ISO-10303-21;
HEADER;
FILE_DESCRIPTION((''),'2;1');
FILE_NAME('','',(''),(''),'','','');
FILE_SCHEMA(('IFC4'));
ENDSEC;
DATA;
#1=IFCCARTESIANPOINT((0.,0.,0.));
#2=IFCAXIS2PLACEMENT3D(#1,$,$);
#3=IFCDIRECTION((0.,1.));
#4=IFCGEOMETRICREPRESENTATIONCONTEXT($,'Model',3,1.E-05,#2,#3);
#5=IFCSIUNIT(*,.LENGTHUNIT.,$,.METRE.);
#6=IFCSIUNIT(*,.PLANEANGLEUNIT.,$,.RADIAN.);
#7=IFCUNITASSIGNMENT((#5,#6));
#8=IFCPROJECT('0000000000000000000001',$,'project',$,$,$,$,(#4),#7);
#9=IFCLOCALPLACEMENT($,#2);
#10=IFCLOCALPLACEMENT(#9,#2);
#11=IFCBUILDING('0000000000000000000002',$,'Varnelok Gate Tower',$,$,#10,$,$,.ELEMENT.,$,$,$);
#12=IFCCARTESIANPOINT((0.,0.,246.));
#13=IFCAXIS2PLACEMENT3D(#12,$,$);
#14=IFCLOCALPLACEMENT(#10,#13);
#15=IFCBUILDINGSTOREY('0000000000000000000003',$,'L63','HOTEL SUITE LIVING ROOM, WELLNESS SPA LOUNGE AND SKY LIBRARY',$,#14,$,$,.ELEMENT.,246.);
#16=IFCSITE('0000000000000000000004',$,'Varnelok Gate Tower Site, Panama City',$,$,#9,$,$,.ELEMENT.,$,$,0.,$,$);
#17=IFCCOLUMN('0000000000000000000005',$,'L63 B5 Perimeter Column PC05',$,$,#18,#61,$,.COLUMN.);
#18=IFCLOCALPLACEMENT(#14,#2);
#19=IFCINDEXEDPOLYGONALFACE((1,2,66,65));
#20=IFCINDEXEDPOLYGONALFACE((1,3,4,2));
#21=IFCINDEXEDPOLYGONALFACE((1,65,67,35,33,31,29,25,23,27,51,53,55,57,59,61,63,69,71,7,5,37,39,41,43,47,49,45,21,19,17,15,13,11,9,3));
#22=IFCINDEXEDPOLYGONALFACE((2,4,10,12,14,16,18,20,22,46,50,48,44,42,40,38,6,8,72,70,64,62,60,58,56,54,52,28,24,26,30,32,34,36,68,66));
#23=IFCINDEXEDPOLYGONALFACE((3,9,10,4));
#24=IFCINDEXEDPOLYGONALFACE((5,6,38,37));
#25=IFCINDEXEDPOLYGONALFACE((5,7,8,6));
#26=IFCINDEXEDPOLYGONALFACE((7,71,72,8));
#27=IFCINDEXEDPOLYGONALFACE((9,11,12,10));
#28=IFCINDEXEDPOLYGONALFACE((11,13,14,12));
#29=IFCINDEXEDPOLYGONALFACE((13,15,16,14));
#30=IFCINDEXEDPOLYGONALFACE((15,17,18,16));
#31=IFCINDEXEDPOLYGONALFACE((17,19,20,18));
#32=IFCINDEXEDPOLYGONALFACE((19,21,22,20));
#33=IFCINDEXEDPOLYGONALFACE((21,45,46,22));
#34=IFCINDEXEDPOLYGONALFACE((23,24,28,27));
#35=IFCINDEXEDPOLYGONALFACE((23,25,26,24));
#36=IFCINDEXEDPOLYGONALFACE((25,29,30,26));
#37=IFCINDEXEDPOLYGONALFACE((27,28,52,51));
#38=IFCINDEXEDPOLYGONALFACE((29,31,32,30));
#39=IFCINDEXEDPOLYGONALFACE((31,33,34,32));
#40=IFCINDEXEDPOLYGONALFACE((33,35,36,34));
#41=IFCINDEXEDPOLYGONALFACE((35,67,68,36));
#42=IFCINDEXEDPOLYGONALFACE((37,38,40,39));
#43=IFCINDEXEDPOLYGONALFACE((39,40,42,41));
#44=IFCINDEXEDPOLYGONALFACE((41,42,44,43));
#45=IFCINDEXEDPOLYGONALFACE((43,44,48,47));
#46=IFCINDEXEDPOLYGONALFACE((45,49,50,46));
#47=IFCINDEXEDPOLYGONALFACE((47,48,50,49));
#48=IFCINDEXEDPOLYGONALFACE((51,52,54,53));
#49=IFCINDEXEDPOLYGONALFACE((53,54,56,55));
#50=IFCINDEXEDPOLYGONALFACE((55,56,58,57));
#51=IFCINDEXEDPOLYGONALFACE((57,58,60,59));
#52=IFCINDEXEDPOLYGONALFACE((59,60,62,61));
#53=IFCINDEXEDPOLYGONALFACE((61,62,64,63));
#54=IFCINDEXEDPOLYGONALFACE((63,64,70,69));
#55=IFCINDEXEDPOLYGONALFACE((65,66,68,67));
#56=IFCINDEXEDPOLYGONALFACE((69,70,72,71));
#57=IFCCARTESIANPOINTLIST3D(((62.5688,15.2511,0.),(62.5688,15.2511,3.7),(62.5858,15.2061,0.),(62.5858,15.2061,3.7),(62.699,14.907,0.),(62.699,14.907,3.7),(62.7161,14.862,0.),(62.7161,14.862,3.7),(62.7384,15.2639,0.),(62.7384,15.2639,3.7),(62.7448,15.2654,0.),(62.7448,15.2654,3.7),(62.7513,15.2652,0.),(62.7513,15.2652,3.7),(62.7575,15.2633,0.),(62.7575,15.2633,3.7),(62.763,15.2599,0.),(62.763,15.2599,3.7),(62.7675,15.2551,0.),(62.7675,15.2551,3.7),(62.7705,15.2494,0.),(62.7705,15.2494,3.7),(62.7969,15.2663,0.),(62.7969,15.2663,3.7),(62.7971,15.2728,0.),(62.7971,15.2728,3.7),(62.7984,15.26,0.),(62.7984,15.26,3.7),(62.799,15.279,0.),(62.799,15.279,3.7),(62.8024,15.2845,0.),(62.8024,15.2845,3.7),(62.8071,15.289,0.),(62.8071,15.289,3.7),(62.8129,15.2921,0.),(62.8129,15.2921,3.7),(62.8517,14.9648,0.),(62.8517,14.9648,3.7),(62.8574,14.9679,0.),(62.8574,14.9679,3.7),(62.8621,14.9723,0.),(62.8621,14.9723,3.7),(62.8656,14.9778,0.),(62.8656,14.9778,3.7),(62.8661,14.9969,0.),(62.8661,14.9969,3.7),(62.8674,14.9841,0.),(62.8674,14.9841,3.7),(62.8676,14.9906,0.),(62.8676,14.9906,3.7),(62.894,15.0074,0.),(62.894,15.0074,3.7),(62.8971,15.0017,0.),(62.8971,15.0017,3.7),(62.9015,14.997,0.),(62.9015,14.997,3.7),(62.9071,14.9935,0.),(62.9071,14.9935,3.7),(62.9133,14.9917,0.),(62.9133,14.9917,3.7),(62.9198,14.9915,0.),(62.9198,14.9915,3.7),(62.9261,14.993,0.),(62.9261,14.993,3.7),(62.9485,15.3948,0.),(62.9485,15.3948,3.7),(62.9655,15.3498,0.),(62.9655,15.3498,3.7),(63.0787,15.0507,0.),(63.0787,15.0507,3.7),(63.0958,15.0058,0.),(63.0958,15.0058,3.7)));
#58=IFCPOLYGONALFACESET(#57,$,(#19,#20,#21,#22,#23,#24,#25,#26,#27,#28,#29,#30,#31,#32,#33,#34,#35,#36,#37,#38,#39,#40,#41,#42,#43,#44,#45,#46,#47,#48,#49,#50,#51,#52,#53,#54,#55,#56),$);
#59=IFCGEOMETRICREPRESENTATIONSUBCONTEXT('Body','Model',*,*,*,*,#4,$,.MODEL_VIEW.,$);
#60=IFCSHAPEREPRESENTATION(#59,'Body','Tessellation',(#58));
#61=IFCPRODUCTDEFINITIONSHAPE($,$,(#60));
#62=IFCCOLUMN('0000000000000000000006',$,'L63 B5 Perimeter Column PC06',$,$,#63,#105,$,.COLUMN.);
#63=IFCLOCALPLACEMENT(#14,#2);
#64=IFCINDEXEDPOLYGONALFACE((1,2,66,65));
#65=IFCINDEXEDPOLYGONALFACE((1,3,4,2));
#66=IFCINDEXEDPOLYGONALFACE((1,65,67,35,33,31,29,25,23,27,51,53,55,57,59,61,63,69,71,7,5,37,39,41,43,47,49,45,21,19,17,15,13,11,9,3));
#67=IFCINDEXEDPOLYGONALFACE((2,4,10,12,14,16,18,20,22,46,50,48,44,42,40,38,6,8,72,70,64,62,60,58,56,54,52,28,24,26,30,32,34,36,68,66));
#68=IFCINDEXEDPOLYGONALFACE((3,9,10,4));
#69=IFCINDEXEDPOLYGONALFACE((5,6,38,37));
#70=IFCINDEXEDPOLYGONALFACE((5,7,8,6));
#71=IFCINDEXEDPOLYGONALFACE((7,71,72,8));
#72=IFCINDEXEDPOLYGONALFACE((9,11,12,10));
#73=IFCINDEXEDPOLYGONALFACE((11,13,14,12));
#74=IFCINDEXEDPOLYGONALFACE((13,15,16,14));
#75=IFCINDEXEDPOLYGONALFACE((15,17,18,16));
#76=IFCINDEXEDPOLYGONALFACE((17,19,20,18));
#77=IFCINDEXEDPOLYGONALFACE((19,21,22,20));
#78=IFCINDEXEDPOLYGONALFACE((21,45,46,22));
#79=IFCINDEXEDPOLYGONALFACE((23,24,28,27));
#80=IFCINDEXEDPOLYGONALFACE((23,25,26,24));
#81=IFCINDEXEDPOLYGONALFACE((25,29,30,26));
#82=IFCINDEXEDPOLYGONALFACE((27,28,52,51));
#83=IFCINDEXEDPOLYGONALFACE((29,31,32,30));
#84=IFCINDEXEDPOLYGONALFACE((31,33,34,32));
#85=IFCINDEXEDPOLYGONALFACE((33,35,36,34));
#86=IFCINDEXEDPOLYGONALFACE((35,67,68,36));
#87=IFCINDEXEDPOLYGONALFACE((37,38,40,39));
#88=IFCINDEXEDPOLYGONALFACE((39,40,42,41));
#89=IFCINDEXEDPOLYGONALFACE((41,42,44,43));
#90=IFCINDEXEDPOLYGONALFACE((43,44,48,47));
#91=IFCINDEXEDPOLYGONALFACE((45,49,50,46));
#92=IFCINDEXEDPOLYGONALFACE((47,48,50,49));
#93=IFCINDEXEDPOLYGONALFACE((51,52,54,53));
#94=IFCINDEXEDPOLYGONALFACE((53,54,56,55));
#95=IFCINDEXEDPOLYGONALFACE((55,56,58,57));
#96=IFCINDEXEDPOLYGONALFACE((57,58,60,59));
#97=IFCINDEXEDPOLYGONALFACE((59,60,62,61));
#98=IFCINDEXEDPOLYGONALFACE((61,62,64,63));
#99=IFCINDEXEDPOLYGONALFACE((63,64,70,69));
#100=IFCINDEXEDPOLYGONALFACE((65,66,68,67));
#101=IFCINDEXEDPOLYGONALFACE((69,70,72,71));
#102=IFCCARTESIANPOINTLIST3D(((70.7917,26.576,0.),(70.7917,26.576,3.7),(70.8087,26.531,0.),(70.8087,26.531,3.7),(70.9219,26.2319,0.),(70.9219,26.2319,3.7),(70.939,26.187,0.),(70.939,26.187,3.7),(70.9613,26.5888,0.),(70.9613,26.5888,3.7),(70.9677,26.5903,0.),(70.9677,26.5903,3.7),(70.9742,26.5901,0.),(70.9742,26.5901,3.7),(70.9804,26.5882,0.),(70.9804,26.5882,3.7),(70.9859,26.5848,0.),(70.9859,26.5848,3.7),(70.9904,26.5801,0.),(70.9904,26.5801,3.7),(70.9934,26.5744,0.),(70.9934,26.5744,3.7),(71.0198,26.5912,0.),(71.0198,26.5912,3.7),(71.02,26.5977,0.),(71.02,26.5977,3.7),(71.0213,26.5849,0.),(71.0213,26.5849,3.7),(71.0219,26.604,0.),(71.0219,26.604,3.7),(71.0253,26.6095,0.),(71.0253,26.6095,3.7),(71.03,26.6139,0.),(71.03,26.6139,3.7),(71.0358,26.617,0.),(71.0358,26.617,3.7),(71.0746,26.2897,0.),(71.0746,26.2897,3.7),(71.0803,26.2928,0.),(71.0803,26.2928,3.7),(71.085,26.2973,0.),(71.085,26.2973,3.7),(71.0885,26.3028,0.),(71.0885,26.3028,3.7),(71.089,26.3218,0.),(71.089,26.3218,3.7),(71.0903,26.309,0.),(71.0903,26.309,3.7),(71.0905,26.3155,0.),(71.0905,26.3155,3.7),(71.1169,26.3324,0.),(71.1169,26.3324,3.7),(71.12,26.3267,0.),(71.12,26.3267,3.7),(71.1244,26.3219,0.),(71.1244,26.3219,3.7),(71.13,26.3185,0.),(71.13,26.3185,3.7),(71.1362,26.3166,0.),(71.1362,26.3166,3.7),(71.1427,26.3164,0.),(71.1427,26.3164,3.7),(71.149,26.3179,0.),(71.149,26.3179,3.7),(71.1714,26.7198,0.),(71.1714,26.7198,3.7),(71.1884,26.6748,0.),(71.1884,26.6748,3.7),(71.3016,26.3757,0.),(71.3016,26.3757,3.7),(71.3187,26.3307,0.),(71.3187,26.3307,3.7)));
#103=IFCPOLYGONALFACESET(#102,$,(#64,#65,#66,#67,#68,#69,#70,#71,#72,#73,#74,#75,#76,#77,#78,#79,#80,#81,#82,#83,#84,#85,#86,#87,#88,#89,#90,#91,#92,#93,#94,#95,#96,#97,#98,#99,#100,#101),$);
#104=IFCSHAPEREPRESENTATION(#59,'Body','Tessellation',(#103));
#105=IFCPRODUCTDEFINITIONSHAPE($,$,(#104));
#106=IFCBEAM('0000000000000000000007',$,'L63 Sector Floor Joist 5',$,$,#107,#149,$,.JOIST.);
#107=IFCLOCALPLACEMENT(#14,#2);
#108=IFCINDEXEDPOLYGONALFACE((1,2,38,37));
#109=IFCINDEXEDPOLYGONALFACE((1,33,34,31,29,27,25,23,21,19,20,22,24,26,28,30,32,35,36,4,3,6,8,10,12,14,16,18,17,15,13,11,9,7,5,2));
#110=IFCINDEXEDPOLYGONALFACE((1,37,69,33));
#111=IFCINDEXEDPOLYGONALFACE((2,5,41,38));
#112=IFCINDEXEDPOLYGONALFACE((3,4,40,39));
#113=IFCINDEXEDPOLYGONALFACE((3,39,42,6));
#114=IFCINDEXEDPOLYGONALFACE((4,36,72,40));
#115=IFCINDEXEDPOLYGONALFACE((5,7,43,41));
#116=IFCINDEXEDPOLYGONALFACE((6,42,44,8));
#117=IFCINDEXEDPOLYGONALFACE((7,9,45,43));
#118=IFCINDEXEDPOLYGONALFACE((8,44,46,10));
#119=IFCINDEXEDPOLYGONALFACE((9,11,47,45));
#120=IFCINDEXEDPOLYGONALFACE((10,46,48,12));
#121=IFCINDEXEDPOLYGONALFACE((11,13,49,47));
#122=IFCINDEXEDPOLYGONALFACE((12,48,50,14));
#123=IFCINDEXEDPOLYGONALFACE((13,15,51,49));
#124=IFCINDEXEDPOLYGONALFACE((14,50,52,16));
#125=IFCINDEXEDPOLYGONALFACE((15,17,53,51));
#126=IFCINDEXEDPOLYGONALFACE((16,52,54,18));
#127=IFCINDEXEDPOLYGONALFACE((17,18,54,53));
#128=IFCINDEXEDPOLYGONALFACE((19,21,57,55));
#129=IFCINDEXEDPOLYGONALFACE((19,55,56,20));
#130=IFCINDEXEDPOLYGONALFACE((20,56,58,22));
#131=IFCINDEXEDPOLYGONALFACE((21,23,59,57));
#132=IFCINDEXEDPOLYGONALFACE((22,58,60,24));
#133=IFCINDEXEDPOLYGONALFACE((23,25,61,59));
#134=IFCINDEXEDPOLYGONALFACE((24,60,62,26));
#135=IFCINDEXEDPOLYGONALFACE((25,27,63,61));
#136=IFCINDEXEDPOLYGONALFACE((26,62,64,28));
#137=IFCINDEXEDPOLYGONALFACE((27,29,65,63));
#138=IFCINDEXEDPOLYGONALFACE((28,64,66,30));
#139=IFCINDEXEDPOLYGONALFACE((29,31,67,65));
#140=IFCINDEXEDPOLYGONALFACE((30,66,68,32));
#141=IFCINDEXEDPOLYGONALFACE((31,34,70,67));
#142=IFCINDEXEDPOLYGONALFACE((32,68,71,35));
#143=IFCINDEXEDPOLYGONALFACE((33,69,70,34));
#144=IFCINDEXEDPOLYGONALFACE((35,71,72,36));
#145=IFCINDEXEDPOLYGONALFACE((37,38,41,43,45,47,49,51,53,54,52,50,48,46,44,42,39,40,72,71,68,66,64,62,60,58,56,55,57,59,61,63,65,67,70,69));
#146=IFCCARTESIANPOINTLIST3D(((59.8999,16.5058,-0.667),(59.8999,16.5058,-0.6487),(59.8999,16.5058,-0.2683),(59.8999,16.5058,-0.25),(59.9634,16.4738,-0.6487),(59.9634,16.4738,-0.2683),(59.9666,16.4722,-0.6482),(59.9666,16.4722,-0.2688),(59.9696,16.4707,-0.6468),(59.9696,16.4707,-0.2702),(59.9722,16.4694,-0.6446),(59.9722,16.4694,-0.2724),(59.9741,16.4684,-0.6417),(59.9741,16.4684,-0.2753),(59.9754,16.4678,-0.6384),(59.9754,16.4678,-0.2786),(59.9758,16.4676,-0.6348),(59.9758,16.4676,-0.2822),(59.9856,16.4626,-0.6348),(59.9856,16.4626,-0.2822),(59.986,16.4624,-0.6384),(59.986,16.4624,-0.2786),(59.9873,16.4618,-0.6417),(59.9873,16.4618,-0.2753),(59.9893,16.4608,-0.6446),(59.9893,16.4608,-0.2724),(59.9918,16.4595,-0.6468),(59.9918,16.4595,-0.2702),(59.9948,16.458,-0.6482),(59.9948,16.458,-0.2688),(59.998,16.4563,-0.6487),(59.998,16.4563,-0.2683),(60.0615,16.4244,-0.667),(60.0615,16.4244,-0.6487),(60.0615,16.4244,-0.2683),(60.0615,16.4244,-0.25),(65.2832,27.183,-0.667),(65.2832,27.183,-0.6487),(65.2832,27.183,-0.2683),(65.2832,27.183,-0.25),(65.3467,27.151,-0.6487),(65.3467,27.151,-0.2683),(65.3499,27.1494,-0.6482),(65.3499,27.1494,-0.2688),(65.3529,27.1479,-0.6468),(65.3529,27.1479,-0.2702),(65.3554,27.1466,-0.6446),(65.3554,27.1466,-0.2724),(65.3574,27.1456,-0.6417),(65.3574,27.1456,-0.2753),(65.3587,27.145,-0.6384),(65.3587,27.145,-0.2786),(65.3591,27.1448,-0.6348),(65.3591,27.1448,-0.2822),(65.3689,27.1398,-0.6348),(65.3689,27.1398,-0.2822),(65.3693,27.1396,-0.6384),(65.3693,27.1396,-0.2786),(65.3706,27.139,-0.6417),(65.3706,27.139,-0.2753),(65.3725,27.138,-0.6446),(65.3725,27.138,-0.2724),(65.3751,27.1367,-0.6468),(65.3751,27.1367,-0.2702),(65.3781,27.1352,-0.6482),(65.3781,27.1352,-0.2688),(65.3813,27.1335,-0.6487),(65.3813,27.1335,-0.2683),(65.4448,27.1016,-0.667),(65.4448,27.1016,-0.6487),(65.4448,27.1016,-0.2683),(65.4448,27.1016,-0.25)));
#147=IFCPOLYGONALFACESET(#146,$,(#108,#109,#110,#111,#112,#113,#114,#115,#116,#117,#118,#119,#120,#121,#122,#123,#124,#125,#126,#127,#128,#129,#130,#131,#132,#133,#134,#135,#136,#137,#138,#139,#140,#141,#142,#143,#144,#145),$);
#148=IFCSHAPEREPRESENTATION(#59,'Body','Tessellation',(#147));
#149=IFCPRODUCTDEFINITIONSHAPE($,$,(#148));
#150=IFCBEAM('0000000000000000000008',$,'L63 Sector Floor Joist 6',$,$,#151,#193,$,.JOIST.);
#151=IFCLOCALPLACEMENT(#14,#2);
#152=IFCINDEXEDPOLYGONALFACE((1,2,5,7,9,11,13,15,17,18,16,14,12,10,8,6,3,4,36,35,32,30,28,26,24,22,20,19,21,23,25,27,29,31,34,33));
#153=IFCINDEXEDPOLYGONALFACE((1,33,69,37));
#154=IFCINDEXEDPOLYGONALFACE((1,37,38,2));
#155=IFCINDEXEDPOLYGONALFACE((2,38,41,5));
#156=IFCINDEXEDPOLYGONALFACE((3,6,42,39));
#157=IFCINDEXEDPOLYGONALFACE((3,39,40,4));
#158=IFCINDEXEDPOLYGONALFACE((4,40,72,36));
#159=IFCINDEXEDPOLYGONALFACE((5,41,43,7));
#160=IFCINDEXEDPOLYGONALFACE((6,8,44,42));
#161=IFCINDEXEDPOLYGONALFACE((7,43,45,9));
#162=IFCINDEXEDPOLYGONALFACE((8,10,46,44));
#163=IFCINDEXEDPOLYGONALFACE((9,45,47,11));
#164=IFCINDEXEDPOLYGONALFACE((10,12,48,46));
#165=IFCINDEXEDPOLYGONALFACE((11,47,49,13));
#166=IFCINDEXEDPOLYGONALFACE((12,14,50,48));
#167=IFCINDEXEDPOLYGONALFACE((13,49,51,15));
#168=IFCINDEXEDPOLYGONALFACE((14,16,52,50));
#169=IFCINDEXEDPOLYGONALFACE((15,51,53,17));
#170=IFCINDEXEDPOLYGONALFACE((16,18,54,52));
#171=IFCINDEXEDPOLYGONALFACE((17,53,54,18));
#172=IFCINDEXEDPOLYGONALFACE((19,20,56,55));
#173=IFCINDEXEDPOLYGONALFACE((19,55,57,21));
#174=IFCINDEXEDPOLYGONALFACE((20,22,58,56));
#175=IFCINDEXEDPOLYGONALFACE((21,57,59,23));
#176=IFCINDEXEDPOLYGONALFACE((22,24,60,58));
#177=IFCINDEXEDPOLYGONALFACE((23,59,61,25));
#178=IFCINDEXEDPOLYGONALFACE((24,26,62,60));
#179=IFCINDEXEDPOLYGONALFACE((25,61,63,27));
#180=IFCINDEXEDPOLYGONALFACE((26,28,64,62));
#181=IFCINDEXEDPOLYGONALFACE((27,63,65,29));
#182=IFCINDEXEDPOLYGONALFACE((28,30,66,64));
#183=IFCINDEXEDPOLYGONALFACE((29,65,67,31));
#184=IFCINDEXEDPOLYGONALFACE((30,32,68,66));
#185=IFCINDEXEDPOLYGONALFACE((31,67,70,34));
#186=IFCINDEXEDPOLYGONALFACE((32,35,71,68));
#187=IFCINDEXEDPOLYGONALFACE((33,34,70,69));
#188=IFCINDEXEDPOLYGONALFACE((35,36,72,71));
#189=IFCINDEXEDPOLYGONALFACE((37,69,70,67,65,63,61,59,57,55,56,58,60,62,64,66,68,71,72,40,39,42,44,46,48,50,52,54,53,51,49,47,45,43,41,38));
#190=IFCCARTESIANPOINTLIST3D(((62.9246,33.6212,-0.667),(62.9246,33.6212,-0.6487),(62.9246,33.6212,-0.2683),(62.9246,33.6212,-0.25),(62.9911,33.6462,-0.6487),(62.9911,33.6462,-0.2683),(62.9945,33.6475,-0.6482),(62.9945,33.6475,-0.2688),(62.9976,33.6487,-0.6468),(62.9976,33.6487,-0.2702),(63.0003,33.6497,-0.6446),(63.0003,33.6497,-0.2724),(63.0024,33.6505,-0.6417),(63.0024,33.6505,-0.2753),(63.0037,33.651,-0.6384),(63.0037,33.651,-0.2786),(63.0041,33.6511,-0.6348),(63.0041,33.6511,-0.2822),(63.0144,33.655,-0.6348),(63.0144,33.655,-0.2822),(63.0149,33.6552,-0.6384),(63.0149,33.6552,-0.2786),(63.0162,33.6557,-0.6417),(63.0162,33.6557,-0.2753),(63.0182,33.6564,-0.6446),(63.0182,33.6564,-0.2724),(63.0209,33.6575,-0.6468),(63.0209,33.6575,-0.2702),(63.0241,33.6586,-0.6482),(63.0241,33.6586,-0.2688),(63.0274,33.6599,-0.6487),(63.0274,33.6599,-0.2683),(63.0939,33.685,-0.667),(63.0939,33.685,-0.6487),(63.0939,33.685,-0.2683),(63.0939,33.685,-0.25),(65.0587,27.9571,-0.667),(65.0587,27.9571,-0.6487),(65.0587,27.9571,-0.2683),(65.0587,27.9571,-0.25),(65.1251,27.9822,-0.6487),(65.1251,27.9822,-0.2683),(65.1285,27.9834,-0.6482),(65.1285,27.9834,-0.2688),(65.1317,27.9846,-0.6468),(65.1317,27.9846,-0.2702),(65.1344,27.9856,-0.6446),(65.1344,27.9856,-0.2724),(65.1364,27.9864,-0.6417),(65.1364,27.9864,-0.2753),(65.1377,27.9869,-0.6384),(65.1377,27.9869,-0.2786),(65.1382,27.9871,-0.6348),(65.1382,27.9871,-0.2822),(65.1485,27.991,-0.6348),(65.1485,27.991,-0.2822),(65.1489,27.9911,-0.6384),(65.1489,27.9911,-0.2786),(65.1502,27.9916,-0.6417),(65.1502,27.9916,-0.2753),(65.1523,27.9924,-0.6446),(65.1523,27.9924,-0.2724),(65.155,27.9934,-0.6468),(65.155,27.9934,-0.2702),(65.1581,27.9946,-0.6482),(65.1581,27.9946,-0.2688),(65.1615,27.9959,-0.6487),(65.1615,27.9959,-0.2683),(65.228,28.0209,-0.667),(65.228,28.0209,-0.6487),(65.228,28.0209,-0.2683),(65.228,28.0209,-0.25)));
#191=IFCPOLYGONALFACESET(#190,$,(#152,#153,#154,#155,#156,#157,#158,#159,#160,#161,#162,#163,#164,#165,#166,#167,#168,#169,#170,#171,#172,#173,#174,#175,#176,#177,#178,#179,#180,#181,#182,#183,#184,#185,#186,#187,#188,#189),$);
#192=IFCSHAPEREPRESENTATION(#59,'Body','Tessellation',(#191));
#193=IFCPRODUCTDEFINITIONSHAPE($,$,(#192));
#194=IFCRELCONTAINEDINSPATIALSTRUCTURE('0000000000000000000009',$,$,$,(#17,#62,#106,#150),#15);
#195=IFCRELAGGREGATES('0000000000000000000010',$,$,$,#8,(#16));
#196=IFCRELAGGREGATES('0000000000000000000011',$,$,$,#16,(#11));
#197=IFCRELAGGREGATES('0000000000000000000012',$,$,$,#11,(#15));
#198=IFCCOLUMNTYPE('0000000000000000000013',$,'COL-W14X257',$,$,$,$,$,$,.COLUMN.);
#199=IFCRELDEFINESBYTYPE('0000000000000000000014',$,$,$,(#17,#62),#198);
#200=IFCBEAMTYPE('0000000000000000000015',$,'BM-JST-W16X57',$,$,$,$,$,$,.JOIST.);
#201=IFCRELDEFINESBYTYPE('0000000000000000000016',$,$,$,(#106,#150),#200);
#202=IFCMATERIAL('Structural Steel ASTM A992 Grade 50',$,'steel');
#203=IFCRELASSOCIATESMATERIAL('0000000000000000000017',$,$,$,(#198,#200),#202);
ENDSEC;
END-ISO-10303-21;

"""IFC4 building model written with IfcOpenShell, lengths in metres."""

from ifc_helpers import new_model, si_unit, direction, frame, origin, origin_2d, place, context, subcontext, project, spatial, i_section, extrude, material, material_profile, profile_set, type_object, element, save


model = new_model("IFC4")

# Units and contexts
model_context = context("Model", 3, precision=1e-05, world=origin(), true_north=direction((0.0, 1.0)))
body_context = subcontext(model_context, "Body", "Model", "MODEL_VIEW")
ifc_project = project(units=[si_unit("LENGTHUNIT", "METRE"), si_unit("PLANEANGLEUNIT", "RADIAN")], contexts=[model_context])

# Site, building, storey
site_placement = place(None, origin())
site = spatial("IfcSite", under=ifc_project, at=site_placement, Name="Varnelok Gate Tower Site, Panama City", CompositionType="ELEMENT", RefElevation=0.0)
building_placement = place(site_placement, origin())
building = spatial("IfcBuilding", under=site, at=building_placement, Name="Varnelok Gate Tower", CompositionType="ELEMENT")
storey_placement = place(building_placement, frame((0.0, 0.0, 246.0)))
storey = spatial("IfcBuildingStorey", under=building, at=storey_placement, Name="L63", Description="HOTEL SUITE LIVING ROOM, WELLNESS SPA LOUNGE AND SKY LIBRARY", CompositionType="ELEMENT", Elevation=246.0)

# Columns
ifc_material_1 = material(Name="Structural Steel ASTM A992 Grade 50", Category="steel")
ifc_material_profile_1 = material_profile(ifc_material_1, i_section(OverallWidth=0.406, OverallDepth=0.416, WebThickness=0.0298, FlangeThickness=0.0481, FilletRadius=0.0249, at=origin_2d()), Name="W14X257")
ifc_profile_set_1 = profile_set([ifc_material_profile_1], Name="Structural Steel ASTM A992 Grade 50")
column_type = type_object("IfcColumnType", Name="COL-W14X257", PredefinedType="COLUMN", material=ifc_profile_set_1)
for number, where, z_axis, x_axis, name in (
    (1, (62.8323, 15.1284, 0.0), (0.0, 0.0, 1.0), (0.935222, 0.354063, 0.0), "L63 B5 Perimeter Column PC05"),
    (2, (71.0552, 26.4534, 0.0), (0.0, 0.0, 1.0), (0.935222, 0.354063, 0.0), "L63 B5 Perimeter Column PC06"),
):
    element("IfcColumn", number, at=place(storey_placement, frame(where, z_axis=z_axis, x_axis=x_axis)), inside=storey, type_object=column_type, Name=name, PredefinedType="COLUMN", context=body_context, shape_type="SweptSolid", body=[
        extrude(i_section(OverallWidth=0.406, OverallDepth=0.416, WebThickness=0.0298, FlangeThickness=0.0481, FilletRadius=0.0249, at=origin_2d()), origin(), (0.0, 0.0, 1.0), 3.7),
    ])

# Beams
ifc_material_profile_2 = material_profile(ifc_material_1, i_section(OverallWidth=0.1809, OverallDepth=0.417, WebThickness=0.011, FlangeThickness=0.0183, FilletRadius=0.0139, at=origin_2d()), Name="W16X57")
ifc_profile_set_2 = profile_set([ifc_material_profile_2], Name="Structural Steel ASTM A992 Grade 50")
beam_type_1 = type_object("IfcBeamType", Name="BM-JST-W16X57", PredefinedType="JOIST", material=ifc_profile_set_2)
beam_1_placement = place(storey_placement, frame((59.9807, 16.4651, -0.4585), z_axis=(0.4502, 0.892928, 0.0), x_axis=(-0.892928, 0.4502, 0.0)))
element("IfcBeam", 3, at=beam_1_placement, inside=storey, type_object=beam_type_1, Name="L63 Sector Floor Joist 5", PredefinedType="JOIST", context=body_context, shape_type="SweptSolid", body=[
    extrude(i_section(OverallWidth=0.1809, OverallDepth=0.417, WebThickness=0.011, FlangeThickness=0.0183, FilletRadius=0.0139, at=origin_2d()), origin(), (0.0, 0.0, 1.0), 11.9575),
])
beam_2_placement = place(storey_placement, frame((65.1433, 27.989, -0.4585), z_axis=(-0.352573, 0.935784, 0.0), x_axis=(-0.935784, -0.352573, 0.0)))
element("IfcBeam", 4, at=beam_2_placement, inside=storey, type_object=beam_type_1, Name="L63 Sector Floor Joist 6", PredefinedType="JOIST", context=body_context, shape_type="SweptSolid", body=[
    extrude(i_section(OverallWidth=0.1809, OverallDepth=0.417, WebThickness=0.011, FlangeThickness=0.0183, FilletRadius=0.0139, at=origin_2d()), origin(), (0.0, 0.0, 1.0), 6.0527),
])

save(model, "model.ifc")
